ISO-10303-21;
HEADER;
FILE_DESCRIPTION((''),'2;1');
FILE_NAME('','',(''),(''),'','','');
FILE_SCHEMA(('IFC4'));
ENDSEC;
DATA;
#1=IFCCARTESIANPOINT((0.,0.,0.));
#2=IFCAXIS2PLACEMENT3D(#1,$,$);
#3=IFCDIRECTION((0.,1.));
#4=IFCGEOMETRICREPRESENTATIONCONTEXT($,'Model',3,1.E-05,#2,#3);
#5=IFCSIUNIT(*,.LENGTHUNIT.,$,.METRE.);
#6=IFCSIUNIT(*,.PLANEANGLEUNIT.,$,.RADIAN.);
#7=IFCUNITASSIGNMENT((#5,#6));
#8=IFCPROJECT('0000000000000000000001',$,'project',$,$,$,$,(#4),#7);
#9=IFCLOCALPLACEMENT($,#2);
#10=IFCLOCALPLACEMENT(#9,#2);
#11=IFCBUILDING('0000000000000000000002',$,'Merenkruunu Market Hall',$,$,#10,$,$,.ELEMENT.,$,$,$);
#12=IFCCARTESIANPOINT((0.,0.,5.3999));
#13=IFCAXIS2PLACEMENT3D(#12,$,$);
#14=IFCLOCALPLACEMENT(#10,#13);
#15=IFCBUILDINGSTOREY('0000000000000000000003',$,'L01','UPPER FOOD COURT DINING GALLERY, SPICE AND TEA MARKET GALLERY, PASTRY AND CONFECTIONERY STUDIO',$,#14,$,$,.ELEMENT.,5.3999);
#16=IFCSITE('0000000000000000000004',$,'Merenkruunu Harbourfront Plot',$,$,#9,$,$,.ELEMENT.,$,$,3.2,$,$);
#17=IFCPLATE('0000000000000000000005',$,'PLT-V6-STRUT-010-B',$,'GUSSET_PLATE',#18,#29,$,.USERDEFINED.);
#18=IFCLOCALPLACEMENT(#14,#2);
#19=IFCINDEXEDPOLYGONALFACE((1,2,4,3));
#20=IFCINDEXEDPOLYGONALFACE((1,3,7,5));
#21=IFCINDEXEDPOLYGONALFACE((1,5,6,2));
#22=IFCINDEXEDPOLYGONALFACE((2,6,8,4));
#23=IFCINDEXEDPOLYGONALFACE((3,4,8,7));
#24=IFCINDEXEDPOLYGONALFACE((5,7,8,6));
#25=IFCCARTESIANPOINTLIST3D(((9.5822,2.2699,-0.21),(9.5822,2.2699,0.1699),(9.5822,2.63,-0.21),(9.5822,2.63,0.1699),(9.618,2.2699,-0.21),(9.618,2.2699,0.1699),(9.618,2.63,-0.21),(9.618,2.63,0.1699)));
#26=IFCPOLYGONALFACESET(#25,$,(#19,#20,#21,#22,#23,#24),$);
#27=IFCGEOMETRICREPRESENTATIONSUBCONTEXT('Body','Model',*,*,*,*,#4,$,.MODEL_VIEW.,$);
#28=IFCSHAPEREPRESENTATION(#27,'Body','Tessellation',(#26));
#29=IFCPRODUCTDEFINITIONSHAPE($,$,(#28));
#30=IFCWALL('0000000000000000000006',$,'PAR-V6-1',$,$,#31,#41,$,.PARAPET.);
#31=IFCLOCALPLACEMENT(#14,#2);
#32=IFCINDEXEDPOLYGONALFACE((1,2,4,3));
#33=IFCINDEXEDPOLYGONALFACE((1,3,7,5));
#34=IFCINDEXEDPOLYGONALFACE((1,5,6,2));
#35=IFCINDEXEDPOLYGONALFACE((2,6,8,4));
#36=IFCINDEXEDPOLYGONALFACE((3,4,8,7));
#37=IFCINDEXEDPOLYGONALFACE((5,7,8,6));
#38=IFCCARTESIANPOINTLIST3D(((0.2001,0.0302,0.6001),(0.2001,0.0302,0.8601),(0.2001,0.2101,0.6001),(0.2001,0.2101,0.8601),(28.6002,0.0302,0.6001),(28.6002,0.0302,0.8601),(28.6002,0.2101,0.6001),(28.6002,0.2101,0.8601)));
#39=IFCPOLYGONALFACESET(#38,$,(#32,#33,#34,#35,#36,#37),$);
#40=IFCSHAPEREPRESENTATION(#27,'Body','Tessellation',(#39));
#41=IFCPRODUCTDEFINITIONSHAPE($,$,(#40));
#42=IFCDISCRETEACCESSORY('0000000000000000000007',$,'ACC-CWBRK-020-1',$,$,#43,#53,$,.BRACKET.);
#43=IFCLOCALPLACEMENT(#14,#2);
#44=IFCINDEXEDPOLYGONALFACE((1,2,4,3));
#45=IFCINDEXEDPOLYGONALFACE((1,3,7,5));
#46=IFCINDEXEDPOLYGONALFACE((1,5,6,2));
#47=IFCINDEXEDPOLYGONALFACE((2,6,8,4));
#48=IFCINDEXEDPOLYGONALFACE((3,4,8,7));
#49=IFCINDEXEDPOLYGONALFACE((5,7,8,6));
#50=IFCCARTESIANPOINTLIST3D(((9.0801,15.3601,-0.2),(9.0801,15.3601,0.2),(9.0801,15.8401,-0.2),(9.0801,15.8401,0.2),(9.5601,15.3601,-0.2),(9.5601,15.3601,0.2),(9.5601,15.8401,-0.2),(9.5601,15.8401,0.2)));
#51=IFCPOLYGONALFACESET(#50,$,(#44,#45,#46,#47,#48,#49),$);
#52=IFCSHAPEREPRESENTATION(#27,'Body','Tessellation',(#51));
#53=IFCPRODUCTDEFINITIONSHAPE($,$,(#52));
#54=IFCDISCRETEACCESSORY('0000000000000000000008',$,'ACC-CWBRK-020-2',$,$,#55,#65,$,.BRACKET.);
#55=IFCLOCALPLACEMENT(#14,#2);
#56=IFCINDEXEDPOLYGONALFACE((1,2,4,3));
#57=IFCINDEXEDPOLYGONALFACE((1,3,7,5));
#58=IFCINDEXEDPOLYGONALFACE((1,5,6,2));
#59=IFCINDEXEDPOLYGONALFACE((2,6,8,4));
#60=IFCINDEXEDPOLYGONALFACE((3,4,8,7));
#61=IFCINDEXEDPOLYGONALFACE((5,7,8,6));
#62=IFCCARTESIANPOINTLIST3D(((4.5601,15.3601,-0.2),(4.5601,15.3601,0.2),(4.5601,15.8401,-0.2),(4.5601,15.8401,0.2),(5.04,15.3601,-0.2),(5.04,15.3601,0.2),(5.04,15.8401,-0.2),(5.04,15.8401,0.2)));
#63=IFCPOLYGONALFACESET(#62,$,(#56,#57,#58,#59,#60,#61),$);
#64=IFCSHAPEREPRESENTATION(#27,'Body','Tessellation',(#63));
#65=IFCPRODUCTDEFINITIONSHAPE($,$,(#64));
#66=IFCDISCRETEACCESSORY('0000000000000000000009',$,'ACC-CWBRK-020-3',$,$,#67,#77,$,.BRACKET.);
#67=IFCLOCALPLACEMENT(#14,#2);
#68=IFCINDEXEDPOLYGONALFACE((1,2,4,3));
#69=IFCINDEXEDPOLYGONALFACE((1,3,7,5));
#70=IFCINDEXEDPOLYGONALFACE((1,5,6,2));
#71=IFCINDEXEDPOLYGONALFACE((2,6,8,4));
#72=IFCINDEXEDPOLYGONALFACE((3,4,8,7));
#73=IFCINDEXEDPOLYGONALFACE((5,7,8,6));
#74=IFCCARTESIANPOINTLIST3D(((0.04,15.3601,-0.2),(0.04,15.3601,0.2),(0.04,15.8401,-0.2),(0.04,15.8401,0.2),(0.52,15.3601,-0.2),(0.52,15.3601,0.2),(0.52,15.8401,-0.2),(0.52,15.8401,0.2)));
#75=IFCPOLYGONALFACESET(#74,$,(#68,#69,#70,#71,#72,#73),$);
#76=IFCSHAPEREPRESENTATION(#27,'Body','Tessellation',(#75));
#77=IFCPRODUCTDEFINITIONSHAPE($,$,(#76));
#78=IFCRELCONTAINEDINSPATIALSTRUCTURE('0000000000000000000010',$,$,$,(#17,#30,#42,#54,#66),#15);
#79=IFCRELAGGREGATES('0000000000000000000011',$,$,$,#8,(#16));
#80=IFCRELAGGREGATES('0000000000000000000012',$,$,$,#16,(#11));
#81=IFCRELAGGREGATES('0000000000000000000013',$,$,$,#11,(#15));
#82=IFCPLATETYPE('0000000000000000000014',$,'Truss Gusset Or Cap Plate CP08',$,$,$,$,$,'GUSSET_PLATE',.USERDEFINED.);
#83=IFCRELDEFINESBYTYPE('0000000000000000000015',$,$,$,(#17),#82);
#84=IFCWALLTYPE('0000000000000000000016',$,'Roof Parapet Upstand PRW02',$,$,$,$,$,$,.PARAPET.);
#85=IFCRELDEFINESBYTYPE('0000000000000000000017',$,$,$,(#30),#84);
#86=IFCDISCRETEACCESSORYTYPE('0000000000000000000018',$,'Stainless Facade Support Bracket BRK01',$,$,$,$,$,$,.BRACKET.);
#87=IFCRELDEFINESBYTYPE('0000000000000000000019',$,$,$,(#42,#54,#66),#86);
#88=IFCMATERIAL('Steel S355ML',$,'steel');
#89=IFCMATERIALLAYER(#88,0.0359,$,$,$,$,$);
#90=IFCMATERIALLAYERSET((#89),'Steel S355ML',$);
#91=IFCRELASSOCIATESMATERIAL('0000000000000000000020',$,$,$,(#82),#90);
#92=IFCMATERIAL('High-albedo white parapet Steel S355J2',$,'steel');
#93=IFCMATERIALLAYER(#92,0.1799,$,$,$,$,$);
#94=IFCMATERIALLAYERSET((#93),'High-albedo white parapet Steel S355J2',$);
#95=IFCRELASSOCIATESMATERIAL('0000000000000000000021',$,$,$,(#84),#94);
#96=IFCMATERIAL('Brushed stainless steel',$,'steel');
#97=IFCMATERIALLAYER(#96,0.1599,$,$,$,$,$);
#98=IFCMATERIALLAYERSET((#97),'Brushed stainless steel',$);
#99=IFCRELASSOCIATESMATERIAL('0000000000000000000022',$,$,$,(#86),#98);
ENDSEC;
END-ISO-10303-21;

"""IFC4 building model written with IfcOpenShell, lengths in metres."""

from ifc_helpers import new_model, si_unit, direction, frame, frame_2d, origin, origin_2d, place, context, subcontext, project, spatial, rectangle, extrude, material, layer, layer_set, type_object, element, save


model = new_model("IFC4")

# Units and contexts
model_context = context("Model", 3, precision=1e-05, world=origin(), true_north=direction((0.0, 1.0)))
body_context = subcontext(model_context, "Body", "Model", "MODEL_VIEW")
ifc_project = project(units=[si_unit("LENGTHUNIT", "METRE"), si_unit("PLANEANGLEUNIT", "RADIAN")], contexts=[model_context])

# Site, building, storey
site_placement = place(None, origin())
site = spatial("IfcSite", under=ifc_project, at=site_placement, Name="Merenkruunu Harbourfront Plot", CompositionType="ELEMENT", RefElevation=3.2)
building_placement = place(site_placement, origin())
building = spatial("IfcBuilding", under=site, at=building_placement, Name="Merenkruunu Market Hall", CompositionType="ELEMENT")
storey_placement = place(building_placement, frame((0.0, 0.0, 5.3999)))
storey = spatial("IfcBuildingStorey", under=building, at=storey_placement, Name="L01", Description="UPPER FOOD COURT DINING GALLERY, SPICE AND TEA MARKET GALLERY, PASTRY AND CONFECTIONERY STUDIO", CompositionType="ELEMENT", Elevation=5.3999)

# Shared definitions
ifc_material_1 = material(Name="Steel S355ML", Category="steel")

# Plate
ifc_layer_1 = layer(ifc_material_1, 0.0359)
ifc_layer_set_1 = layer_set([ifc_layer_1], Name="Steel S355ML")
plate_type_1 = type_object("IfcPlateType", Name="Truss Gusset Or Cap Plate CP08", ElementType="GUSSET_PLATE", PredefinedType="USERDEFINED", material=ifc_layer_set_1)
plate_1_placement = place(storey_placement, frame((9.6001, 2.45, -0.21), z_axis=(0.0, 0.0, 1.0), x_axis=(1.0, 0.0, 0.0)))
element("IfcPlate", 1, at=plate_1_placement, inside=storey, type_object=plate_type_1, Name="PLT-V6-STRUT-010-B", ObjectType="GUSSET_PLATE", PredefinedType="USERDEFINED", context=body_context, shape_type="SweptSolid", body=[
    extrude(rectangle(XDim=0.0359, YDim=0.3601, at=origin_2d()), origin(), (0.0, 0.0, 1.0), 0.3799),
])

# Wall
ifc_material_2 = material(Name="High-albedo white parapet Steel S355J2", Category="steel")
ifc_layer_2 = layer(ifc_material_2, 0.1799)
ifc_layer_set_2 = layer_set([ifc_layer_2], Name="High-albedo white parapet Steel S355J2")
wall_type = type_object("IfcWallType", Name="Roof Parapet Upstand PRW02", PredefinedType="PARAPET", material=ifc_layer_set_2)
wall_placement = place(storey_placement, frame((0.2, 0.1201, 0.6001), z_axis=(0.0, 0.0, 1.0), x_axis=(1.0, 0.0, 0.0)))
element("IfcWall", 2, at=wall_placement, inside=storey, type_object=wall_type, Name="PAR-V6-1", PredefinedType="PARAPET", context=body_context, shape_type="SweptSolid", body=[
    extrude(rectangle(XDim=28.4001, YDim=0.1799, at=frame_2d((14.2002, 0.0))), origin(), (0.0, 0.0, 1.0), 0.26),
])

# Discrete accessories
ifc_material_3 = material(Name="Brushed stainless steel", Category="steel")
ifc_layer_3 = layer(ifc_material_3, 0.1599)
ifc_layer_set_3 = layer_set([ifc_layer_3], Name="Brushed stainless steel")
discrete_accessory_type = type_object("IfcDiscreteAccessoryType", Name="Stainless Facade Support Bracket BRK01", PredefinedType="BRACKET", material=ifc_layer_set_3)
for number, where, z_axis, x_axis, name in (
    (3, (9.3201, 15.6001, -0.2), (0.0, 0.0, 1.0), (1.0, 0.0, 0.0), "ACC-CWBRK-020-1"),
    (4, (4.8, 15.6001, -0.2), (0.0, 0.0, 1.0), (1.0, 0.0, 0.0), "ACC-CWBRK-020-2"),
    (5, (0.28, 15.6001, -0.2), (0.0, 0.0, 1.0), (1.0, 0.0, 0.0), "ACC-CWBRK-020-3"),
):
    element("IfcDiscreteAccessory", number, at=place(storey_placement, frame(where, z_axis=z_axis, x_axis=x_axis)), inside=storey, type_object=discrete_accessory_type, Name=name, PredefinedType="BRACKET", context=body_context, shape_type="SweptSolid", body=[
        extrude(rectangle(XDim=0.48, YDim=0.48, at=origin_2d()), origin(), (0.0, 0.0, 1.0), 0.3999),
    ])

save(model, "model.ifc")
